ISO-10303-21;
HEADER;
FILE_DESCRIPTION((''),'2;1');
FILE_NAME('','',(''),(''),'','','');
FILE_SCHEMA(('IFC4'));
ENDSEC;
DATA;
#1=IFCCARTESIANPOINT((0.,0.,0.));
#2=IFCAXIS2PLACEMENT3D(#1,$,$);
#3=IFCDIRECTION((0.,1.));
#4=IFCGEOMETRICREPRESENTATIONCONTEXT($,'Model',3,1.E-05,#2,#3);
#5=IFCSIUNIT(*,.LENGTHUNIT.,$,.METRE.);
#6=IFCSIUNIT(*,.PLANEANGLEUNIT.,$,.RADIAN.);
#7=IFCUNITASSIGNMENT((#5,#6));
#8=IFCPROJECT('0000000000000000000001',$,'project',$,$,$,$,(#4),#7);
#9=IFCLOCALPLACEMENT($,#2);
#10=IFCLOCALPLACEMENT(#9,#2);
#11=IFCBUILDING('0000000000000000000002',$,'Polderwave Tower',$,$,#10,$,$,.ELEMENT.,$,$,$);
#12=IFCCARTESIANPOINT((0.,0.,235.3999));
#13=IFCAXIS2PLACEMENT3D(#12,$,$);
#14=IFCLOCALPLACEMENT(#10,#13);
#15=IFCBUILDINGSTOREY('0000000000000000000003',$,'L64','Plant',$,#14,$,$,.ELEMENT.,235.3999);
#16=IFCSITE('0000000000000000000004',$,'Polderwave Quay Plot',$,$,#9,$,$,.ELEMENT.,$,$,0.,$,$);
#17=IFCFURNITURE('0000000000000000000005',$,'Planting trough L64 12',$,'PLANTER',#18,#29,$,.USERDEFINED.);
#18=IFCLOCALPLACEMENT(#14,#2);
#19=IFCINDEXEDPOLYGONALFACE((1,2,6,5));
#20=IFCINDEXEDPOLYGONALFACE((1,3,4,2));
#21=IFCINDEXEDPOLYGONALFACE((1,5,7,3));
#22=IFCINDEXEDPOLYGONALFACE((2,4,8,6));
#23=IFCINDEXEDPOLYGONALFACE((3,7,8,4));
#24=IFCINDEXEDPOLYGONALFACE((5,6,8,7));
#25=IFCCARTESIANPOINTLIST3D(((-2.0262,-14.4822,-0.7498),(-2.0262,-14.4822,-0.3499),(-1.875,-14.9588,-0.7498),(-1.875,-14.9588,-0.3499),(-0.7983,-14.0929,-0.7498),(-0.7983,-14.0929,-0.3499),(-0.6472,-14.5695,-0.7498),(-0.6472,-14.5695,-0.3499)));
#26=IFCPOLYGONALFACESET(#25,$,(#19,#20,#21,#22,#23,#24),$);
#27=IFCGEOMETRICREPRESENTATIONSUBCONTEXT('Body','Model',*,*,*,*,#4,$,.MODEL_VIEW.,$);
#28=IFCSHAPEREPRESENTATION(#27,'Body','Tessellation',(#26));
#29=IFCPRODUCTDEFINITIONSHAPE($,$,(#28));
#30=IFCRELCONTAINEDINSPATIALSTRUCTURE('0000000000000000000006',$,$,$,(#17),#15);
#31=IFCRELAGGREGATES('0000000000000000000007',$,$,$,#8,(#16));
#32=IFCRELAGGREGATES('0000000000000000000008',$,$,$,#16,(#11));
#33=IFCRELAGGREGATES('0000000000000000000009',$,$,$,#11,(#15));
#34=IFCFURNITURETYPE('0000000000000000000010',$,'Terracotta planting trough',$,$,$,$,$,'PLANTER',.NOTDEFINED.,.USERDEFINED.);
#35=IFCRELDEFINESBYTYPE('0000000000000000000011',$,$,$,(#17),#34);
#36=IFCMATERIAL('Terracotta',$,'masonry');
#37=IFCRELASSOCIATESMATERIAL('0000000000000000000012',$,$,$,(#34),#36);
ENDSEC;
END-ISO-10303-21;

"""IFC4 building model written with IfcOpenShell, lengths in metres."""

from ifc_helpers import new_model, si_unit, direction, frame, origin, origin_2d, place, context, subcontext, project, spatial, rectangle, extrude, material, type_object, element, save


model = new_model("IFC4")

# Units and contexts
model_context = context("Model", 3, precision=1e-05, world=origin(), true_north=direction((0.0, 1.0)))
body_context = subcontext(model_context, "Body", "Model", "MODEL_VIEW")
ifc_project = project(units=[si_unit("LENGTHUNIT", "METRE"), si_unit("PLANEANGLEUNIT", "RADIAN")], contexts=[model_context])

# Site, building, storey
site_placement = place(None, origin())
site = spatial("IfcSite", under=ifc_project, at=site_placement, Name="Polderwave Quay Plot", CompositionType="ELEMENT", RefElevation=0.0)
building_placement = place(site_placement, origin())
building = spatial("IfcBuilding", under=site, at=building_placement, Name="Polderwave Tower", CompositionType="ELEMENT")
storey_placement = place(building_placement, frame((0.0, 0.0, 235.3999)))
storey = spatial("IfcBuildingStorey", under=building, at=storey_placement, Name="L64", Description="Plant", CompositionType="ELEMENT", Elevation=235.3999)

# Furniture
ifc_material_1 = material(Name="Terracotta", Category="masonry")
furniture_type = type_object("IfcFurnitureType", Name="Terracotta planting trough", ElementType="PLANTER", AssemblyPlace="NOTDEFINED", PredefinedType="USERDEFINED", material=ifc_material_1)
furniture_placement = place(storey_placement, frame((-1.3367, -14.5259, -0.7498), z_axis=(0.0, 0.0, 1.0), x_axis=(0.953238, 0.30222, 0.0)))
element("IfcFurniture", 1, at=furniture_placement, inside=storey, type_object=furniture_type, Name="Planting trough L64 12", ObjectType="PLANTER", PredefinedType="USERDEFINED", context=body_context, shape_type="SweptSolid", body=[
    extrude(rectangle(XDim=1.2881, YDim=0.5, at=origin_2d()), origin(), (0.0, 0.0, 1.0), 0.3999),
])

save(model, "model.ifc")
